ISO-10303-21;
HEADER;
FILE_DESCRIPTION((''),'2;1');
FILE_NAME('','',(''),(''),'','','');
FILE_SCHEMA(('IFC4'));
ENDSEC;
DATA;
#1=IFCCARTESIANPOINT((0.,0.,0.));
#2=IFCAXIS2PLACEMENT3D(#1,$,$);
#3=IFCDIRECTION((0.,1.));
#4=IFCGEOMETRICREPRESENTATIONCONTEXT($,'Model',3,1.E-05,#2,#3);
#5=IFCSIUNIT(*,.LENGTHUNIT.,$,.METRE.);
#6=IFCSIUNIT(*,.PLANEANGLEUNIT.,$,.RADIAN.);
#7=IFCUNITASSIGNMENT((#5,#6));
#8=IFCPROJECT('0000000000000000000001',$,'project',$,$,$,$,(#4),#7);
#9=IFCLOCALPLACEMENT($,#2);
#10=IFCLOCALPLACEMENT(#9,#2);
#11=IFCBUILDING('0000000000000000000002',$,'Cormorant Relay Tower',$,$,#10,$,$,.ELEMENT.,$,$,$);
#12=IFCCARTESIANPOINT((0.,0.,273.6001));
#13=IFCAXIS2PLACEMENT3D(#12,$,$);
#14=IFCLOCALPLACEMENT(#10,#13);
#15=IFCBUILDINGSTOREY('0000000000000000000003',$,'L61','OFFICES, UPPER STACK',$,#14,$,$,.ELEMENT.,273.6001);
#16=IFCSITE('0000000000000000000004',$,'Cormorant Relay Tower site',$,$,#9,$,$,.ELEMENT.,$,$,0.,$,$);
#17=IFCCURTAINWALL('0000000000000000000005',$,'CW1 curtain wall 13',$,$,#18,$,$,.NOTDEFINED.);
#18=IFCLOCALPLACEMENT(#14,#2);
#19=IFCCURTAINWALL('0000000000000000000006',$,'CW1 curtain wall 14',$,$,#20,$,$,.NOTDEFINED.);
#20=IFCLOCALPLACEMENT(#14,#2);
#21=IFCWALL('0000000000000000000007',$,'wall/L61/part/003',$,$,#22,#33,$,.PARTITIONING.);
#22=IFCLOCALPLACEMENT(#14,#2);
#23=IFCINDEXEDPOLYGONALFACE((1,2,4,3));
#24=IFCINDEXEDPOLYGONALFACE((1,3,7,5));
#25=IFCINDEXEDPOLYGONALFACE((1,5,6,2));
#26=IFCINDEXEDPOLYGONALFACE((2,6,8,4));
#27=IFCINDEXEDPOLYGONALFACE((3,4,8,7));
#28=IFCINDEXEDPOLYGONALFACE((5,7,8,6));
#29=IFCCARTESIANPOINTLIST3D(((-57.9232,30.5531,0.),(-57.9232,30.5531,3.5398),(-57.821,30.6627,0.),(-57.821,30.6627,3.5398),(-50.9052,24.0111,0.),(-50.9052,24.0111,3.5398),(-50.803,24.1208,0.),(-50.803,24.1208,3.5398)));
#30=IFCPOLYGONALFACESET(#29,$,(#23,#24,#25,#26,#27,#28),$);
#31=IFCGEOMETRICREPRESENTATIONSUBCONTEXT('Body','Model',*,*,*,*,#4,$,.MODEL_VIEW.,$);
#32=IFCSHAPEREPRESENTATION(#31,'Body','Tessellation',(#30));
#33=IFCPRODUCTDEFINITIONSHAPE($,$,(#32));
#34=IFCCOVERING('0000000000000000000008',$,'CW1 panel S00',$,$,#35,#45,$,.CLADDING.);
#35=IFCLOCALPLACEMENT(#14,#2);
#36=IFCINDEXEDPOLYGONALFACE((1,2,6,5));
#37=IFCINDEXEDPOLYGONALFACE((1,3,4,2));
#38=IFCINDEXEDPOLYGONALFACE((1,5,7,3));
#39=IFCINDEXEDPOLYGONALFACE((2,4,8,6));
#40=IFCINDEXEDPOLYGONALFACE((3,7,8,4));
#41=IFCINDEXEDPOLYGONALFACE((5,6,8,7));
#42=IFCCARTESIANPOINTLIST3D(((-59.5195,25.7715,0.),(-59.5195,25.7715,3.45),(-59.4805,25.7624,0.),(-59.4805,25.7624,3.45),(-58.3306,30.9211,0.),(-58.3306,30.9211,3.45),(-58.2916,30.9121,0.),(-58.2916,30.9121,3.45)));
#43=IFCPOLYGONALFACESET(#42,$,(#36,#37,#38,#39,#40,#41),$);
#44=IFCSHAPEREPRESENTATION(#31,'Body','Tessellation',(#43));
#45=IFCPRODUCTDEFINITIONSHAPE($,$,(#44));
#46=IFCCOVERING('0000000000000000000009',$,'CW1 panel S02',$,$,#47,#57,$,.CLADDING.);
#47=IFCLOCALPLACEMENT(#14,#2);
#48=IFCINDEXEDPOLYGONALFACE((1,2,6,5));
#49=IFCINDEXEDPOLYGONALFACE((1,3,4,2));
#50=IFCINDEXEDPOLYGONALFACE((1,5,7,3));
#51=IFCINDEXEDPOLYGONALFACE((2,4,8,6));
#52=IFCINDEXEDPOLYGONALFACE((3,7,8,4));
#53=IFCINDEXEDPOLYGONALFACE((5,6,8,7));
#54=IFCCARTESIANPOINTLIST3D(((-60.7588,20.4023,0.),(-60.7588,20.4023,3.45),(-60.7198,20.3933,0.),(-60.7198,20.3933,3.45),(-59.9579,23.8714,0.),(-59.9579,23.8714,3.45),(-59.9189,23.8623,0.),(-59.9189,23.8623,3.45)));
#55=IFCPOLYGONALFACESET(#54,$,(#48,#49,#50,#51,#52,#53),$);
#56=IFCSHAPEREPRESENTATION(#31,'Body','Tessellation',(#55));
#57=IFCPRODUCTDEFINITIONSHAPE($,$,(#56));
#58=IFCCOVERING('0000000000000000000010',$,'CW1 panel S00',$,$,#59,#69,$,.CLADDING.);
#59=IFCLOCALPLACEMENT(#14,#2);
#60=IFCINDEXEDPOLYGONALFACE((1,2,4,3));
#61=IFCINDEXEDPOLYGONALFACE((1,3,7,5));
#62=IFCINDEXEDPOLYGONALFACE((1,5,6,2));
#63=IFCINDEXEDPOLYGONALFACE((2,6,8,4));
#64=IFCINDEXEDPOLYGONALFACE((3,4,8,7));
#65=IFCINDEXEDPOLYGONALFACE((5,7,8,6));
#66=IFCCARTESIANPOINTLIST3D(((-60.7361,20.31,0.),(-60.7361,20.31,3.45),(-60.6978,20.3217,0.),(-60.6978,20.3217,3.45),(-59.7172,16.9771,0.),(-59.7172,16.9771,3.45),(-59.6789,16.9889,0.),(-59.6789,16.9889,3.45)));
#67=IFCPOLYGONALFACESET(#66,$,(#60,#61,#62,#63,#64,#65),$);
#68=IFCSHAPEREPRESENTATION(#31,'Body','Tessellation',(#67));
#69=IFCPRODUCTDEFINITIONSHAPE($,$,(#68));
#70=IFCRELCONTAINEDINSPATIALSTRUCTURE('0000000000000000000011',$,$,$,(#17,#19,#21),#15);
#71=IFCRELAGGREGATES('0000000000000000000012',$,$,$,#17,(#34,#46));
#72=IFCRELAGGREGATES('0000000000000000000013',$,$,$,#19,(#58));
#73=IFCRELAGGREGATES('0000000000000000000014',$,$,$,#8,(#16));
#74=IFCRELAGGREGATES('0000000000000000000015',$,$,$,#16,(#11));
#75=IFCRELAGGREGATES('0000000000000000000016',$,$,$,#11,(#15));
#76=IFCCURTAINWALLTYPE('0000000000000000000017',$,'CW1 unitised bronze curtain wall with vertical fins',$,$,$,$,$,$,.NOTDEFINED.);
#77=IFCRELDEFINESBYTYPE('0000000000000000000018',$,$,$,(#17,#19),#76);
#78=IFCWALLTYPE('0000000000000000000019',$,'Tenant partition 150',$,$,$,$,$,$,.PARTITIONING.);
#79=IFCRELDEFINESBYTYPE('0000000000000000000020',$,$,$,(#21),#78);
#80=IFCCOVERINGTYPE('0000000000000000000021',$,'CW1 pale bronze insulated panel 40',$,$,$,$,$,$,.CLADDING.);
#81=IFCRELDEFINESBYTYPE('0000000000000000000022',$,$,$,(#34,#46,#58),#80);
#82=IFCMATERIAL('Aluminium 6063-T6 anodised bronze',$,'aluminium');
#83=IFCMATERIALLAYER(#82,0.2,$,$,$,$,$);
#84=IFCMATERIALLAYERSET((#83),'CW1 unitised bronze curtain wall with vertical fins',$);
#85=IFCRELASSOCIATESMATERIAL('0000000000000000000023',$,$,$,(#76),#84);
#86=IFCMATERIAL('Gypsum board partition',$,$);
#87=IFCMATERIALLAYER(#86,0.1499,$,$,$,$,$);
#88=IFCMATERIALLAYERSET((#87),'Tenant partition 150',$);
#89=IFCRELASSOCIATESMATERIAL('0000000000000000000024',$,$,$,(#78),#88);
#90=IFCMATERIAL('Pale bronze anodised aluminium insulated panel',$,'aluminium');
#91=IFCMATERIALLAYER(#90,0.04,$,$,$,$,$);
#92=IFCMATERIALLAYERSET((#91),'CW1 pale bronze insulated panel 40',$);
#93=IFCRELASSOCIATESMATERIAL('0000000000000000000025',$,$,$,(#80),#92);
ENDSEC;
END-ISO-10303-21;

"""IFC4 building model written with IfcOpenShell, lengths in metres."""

from ifc_helpers import new_model, si_unit, direction, frame, frame_2d, origin, origin_2d, place, context, subcontext, project, spatial, rectangle, extrude, material, layer, layer_set, type_object, element, aggregate, save


model = new_model("IFC4")

# Units and contexts
model_context = context("Model", 3, precision=1e-05, world=origin(), true_north=direction((0.0, 1.0)))
body_context = subcontext(model_context, "Body", "Model", "MODEL_VIEW")
ifc_project = project(units=[si_unit("LENGTHUNIT", "METRE"), si_unit("PLANEANGLEUNIT", "RADIAN")], contexts=[model_context])

# Site, building, storey
site_placement = place(None, origin())
site = spatial("IfcSite", under=ifc_project, at=site_placement, Name="Cormorant Relay Tower site", CompositionType="ELEMENT", RefElevation=0.0)
building_placement = place(site_placement, origin())
building = spatial("IfcBuilding", under=site, at=building_placement, Name="Cormorant Relay Tower", CompositionType="ELEMENT")
storey_placement = place(building_placement, frame((0.0, 0.0, 273.6001)))
storey = spatial("IfcBuildingStorey", under=building, at=storey_placement, Name="L61", Description="OFFICES, UPPER STACK", CompositionType="ELEMENT", Elevation=273.6001)

# Curtain wall
ifc_material_1 = material(Name="Aluminium 6063-T6 anodised bronze", Category="aluminium")
ifc_layer_1 = layer(ifc_material_1, 0.2)
ifc_layer_set_1 = layer_set([ifc_layer_1], Name="CW1 unitised bronze curtain wall with vertical fins")
curtain_wall_type = type_object("IfcCurtainWallType", Name="CW1 unitised bronze curtain wall with vertical fins", PredefinedType="NOTDEFINED", material=ifc_layer_set_1)
curtain_wall_1_placement = place(storey_placement, origin())
curtain_wall_1 = element("IfcCurtainWall", 1, at=curtain_wall_1_placement, inside=storey, type_object=curtain_wall_type, Name="CW1 curtain wall 13", PredefinedType="NOTDEFINED")

# Curtain wall
curtain_wall_2_placement = place(storey_placement, origin())
curtain_wall_2 = element("IfcCurtainWall", 2, at=curtain_wall_2_placement, inside=storey, type_object=curtain_wall_type, Name="CW1 curtain wall 14", PredefinedType="NOTDEFINED")

# Wall
ifc_material_2 = material(Name="Gypsum board partition")
ifc_layer_2 = layer(ifc_material_2, 0.1499)
ifc_layer_set_2 = layer_set([ifc_layer_2], Name="Tenant partition 150")
wall_type_1 = type_object("IfcWallType", Name="Tenant partition 150", PredefinedType="PARTITIONING", material=ifc_layer_set_2)
wall_1_placement = place(storey_placement, frame((-57.8721, 30.6079, 0.0), z_axis=(0.0, 0.0, 1.0), x_axis=(0.731482, -0.681861, 0.0)))
element("IfcWall", 3, at=wall_1_placement, inside=storey, type_object=wall_type_1, Name="wall/L61/part/003", PredefinedType="PARTITIONING", context=body_context, shape_type="SweptSolid", body=[
    extrude(rectangle(XDim=9.5942, YDim=0.1499, at=frame_2d((4.7971, 0.0))), origin(), (0.0, 0.0, 1.0), 3.5398),
])

# Coverings
ifc_material_3 = material(Name="Pale bronze anodised aluminium insulated panel", Category="aluminium")
ifc_layer_3 = layer(ifc_material_3, 0.04)
ifc_layer_set_3 = layer_set([ifc_layer_3], Name="CW1 pale bronze insulated panel 40")
covering_type = type_object("IfcCoveringType", Name="CW1 pale bronze insulated panel 40", PredefinedType="CLADDING", material=ifc_layer_set_3)
covering_1_placement = place(storey_placement, frame((-58.9055, 28.3418, 0.0), z_axis=(0.0, 0.0, 1.0), x_axis=(-0.224951, -0.97437, 0.0)))
covering_1 = element("IfcCovering", 4, at=covering_1_placement, type_object=covering_type, Name="CW1 panel S00", PredefinedType="CLADDING", context=body_context, shape_type="SweptSolid", body=[
    extrude(rectangle(XDim=5.2852, YDim=0.04, at=origin_2d()), origin(), (0.0, 0.0, 1.0), 3.45),
])
covering_2_placement = place(storey_placement, frame((-60.3389, 22.1323, 0.0), z_axis=(0.0, 0.0, 1.0), x_axis=(-0.224951, -0.97437, 0.0)))
covering_2 = element("IfcCovering", 5, at=covering_2_placement, type_object=covering_type, Name="CW1 panel S02", PredefinedType="CLADDING", context=body_context, shape_type="SweptSolid", body=[
    extrude(rectangle(XDim=3.5603, YDim=0.04, at=origin_2d()), origin(), (0.0, 0.0, 1.0), 3.45),
])
aggregate(curtain_wall_1, [covering_1, covering_2])
covering_3_placement = place(storey_placement, frame((-60.2075, 18.6494, 0.0), z_axis=(0.0, 0.0, 1.0), x_axis=(0.292372, -0.956305, 0.0)))
covering_3 = element("IfcCovering", 6, at=covering_3_placement, type_object=covering_type, Name="CW1 panel S00", PredefinedType="CLADDING", context=body_context, shape_type="SweptSolid", body=[
    extrude(rectangle(XDim=3.4851, YDim=0.04, at=origin_2d()), origin(), (0.0, 0.0, 1.0), 3.45),
])
aggregate(curtain_wall_2, [covering_3])

save(model, "model.ifc")
